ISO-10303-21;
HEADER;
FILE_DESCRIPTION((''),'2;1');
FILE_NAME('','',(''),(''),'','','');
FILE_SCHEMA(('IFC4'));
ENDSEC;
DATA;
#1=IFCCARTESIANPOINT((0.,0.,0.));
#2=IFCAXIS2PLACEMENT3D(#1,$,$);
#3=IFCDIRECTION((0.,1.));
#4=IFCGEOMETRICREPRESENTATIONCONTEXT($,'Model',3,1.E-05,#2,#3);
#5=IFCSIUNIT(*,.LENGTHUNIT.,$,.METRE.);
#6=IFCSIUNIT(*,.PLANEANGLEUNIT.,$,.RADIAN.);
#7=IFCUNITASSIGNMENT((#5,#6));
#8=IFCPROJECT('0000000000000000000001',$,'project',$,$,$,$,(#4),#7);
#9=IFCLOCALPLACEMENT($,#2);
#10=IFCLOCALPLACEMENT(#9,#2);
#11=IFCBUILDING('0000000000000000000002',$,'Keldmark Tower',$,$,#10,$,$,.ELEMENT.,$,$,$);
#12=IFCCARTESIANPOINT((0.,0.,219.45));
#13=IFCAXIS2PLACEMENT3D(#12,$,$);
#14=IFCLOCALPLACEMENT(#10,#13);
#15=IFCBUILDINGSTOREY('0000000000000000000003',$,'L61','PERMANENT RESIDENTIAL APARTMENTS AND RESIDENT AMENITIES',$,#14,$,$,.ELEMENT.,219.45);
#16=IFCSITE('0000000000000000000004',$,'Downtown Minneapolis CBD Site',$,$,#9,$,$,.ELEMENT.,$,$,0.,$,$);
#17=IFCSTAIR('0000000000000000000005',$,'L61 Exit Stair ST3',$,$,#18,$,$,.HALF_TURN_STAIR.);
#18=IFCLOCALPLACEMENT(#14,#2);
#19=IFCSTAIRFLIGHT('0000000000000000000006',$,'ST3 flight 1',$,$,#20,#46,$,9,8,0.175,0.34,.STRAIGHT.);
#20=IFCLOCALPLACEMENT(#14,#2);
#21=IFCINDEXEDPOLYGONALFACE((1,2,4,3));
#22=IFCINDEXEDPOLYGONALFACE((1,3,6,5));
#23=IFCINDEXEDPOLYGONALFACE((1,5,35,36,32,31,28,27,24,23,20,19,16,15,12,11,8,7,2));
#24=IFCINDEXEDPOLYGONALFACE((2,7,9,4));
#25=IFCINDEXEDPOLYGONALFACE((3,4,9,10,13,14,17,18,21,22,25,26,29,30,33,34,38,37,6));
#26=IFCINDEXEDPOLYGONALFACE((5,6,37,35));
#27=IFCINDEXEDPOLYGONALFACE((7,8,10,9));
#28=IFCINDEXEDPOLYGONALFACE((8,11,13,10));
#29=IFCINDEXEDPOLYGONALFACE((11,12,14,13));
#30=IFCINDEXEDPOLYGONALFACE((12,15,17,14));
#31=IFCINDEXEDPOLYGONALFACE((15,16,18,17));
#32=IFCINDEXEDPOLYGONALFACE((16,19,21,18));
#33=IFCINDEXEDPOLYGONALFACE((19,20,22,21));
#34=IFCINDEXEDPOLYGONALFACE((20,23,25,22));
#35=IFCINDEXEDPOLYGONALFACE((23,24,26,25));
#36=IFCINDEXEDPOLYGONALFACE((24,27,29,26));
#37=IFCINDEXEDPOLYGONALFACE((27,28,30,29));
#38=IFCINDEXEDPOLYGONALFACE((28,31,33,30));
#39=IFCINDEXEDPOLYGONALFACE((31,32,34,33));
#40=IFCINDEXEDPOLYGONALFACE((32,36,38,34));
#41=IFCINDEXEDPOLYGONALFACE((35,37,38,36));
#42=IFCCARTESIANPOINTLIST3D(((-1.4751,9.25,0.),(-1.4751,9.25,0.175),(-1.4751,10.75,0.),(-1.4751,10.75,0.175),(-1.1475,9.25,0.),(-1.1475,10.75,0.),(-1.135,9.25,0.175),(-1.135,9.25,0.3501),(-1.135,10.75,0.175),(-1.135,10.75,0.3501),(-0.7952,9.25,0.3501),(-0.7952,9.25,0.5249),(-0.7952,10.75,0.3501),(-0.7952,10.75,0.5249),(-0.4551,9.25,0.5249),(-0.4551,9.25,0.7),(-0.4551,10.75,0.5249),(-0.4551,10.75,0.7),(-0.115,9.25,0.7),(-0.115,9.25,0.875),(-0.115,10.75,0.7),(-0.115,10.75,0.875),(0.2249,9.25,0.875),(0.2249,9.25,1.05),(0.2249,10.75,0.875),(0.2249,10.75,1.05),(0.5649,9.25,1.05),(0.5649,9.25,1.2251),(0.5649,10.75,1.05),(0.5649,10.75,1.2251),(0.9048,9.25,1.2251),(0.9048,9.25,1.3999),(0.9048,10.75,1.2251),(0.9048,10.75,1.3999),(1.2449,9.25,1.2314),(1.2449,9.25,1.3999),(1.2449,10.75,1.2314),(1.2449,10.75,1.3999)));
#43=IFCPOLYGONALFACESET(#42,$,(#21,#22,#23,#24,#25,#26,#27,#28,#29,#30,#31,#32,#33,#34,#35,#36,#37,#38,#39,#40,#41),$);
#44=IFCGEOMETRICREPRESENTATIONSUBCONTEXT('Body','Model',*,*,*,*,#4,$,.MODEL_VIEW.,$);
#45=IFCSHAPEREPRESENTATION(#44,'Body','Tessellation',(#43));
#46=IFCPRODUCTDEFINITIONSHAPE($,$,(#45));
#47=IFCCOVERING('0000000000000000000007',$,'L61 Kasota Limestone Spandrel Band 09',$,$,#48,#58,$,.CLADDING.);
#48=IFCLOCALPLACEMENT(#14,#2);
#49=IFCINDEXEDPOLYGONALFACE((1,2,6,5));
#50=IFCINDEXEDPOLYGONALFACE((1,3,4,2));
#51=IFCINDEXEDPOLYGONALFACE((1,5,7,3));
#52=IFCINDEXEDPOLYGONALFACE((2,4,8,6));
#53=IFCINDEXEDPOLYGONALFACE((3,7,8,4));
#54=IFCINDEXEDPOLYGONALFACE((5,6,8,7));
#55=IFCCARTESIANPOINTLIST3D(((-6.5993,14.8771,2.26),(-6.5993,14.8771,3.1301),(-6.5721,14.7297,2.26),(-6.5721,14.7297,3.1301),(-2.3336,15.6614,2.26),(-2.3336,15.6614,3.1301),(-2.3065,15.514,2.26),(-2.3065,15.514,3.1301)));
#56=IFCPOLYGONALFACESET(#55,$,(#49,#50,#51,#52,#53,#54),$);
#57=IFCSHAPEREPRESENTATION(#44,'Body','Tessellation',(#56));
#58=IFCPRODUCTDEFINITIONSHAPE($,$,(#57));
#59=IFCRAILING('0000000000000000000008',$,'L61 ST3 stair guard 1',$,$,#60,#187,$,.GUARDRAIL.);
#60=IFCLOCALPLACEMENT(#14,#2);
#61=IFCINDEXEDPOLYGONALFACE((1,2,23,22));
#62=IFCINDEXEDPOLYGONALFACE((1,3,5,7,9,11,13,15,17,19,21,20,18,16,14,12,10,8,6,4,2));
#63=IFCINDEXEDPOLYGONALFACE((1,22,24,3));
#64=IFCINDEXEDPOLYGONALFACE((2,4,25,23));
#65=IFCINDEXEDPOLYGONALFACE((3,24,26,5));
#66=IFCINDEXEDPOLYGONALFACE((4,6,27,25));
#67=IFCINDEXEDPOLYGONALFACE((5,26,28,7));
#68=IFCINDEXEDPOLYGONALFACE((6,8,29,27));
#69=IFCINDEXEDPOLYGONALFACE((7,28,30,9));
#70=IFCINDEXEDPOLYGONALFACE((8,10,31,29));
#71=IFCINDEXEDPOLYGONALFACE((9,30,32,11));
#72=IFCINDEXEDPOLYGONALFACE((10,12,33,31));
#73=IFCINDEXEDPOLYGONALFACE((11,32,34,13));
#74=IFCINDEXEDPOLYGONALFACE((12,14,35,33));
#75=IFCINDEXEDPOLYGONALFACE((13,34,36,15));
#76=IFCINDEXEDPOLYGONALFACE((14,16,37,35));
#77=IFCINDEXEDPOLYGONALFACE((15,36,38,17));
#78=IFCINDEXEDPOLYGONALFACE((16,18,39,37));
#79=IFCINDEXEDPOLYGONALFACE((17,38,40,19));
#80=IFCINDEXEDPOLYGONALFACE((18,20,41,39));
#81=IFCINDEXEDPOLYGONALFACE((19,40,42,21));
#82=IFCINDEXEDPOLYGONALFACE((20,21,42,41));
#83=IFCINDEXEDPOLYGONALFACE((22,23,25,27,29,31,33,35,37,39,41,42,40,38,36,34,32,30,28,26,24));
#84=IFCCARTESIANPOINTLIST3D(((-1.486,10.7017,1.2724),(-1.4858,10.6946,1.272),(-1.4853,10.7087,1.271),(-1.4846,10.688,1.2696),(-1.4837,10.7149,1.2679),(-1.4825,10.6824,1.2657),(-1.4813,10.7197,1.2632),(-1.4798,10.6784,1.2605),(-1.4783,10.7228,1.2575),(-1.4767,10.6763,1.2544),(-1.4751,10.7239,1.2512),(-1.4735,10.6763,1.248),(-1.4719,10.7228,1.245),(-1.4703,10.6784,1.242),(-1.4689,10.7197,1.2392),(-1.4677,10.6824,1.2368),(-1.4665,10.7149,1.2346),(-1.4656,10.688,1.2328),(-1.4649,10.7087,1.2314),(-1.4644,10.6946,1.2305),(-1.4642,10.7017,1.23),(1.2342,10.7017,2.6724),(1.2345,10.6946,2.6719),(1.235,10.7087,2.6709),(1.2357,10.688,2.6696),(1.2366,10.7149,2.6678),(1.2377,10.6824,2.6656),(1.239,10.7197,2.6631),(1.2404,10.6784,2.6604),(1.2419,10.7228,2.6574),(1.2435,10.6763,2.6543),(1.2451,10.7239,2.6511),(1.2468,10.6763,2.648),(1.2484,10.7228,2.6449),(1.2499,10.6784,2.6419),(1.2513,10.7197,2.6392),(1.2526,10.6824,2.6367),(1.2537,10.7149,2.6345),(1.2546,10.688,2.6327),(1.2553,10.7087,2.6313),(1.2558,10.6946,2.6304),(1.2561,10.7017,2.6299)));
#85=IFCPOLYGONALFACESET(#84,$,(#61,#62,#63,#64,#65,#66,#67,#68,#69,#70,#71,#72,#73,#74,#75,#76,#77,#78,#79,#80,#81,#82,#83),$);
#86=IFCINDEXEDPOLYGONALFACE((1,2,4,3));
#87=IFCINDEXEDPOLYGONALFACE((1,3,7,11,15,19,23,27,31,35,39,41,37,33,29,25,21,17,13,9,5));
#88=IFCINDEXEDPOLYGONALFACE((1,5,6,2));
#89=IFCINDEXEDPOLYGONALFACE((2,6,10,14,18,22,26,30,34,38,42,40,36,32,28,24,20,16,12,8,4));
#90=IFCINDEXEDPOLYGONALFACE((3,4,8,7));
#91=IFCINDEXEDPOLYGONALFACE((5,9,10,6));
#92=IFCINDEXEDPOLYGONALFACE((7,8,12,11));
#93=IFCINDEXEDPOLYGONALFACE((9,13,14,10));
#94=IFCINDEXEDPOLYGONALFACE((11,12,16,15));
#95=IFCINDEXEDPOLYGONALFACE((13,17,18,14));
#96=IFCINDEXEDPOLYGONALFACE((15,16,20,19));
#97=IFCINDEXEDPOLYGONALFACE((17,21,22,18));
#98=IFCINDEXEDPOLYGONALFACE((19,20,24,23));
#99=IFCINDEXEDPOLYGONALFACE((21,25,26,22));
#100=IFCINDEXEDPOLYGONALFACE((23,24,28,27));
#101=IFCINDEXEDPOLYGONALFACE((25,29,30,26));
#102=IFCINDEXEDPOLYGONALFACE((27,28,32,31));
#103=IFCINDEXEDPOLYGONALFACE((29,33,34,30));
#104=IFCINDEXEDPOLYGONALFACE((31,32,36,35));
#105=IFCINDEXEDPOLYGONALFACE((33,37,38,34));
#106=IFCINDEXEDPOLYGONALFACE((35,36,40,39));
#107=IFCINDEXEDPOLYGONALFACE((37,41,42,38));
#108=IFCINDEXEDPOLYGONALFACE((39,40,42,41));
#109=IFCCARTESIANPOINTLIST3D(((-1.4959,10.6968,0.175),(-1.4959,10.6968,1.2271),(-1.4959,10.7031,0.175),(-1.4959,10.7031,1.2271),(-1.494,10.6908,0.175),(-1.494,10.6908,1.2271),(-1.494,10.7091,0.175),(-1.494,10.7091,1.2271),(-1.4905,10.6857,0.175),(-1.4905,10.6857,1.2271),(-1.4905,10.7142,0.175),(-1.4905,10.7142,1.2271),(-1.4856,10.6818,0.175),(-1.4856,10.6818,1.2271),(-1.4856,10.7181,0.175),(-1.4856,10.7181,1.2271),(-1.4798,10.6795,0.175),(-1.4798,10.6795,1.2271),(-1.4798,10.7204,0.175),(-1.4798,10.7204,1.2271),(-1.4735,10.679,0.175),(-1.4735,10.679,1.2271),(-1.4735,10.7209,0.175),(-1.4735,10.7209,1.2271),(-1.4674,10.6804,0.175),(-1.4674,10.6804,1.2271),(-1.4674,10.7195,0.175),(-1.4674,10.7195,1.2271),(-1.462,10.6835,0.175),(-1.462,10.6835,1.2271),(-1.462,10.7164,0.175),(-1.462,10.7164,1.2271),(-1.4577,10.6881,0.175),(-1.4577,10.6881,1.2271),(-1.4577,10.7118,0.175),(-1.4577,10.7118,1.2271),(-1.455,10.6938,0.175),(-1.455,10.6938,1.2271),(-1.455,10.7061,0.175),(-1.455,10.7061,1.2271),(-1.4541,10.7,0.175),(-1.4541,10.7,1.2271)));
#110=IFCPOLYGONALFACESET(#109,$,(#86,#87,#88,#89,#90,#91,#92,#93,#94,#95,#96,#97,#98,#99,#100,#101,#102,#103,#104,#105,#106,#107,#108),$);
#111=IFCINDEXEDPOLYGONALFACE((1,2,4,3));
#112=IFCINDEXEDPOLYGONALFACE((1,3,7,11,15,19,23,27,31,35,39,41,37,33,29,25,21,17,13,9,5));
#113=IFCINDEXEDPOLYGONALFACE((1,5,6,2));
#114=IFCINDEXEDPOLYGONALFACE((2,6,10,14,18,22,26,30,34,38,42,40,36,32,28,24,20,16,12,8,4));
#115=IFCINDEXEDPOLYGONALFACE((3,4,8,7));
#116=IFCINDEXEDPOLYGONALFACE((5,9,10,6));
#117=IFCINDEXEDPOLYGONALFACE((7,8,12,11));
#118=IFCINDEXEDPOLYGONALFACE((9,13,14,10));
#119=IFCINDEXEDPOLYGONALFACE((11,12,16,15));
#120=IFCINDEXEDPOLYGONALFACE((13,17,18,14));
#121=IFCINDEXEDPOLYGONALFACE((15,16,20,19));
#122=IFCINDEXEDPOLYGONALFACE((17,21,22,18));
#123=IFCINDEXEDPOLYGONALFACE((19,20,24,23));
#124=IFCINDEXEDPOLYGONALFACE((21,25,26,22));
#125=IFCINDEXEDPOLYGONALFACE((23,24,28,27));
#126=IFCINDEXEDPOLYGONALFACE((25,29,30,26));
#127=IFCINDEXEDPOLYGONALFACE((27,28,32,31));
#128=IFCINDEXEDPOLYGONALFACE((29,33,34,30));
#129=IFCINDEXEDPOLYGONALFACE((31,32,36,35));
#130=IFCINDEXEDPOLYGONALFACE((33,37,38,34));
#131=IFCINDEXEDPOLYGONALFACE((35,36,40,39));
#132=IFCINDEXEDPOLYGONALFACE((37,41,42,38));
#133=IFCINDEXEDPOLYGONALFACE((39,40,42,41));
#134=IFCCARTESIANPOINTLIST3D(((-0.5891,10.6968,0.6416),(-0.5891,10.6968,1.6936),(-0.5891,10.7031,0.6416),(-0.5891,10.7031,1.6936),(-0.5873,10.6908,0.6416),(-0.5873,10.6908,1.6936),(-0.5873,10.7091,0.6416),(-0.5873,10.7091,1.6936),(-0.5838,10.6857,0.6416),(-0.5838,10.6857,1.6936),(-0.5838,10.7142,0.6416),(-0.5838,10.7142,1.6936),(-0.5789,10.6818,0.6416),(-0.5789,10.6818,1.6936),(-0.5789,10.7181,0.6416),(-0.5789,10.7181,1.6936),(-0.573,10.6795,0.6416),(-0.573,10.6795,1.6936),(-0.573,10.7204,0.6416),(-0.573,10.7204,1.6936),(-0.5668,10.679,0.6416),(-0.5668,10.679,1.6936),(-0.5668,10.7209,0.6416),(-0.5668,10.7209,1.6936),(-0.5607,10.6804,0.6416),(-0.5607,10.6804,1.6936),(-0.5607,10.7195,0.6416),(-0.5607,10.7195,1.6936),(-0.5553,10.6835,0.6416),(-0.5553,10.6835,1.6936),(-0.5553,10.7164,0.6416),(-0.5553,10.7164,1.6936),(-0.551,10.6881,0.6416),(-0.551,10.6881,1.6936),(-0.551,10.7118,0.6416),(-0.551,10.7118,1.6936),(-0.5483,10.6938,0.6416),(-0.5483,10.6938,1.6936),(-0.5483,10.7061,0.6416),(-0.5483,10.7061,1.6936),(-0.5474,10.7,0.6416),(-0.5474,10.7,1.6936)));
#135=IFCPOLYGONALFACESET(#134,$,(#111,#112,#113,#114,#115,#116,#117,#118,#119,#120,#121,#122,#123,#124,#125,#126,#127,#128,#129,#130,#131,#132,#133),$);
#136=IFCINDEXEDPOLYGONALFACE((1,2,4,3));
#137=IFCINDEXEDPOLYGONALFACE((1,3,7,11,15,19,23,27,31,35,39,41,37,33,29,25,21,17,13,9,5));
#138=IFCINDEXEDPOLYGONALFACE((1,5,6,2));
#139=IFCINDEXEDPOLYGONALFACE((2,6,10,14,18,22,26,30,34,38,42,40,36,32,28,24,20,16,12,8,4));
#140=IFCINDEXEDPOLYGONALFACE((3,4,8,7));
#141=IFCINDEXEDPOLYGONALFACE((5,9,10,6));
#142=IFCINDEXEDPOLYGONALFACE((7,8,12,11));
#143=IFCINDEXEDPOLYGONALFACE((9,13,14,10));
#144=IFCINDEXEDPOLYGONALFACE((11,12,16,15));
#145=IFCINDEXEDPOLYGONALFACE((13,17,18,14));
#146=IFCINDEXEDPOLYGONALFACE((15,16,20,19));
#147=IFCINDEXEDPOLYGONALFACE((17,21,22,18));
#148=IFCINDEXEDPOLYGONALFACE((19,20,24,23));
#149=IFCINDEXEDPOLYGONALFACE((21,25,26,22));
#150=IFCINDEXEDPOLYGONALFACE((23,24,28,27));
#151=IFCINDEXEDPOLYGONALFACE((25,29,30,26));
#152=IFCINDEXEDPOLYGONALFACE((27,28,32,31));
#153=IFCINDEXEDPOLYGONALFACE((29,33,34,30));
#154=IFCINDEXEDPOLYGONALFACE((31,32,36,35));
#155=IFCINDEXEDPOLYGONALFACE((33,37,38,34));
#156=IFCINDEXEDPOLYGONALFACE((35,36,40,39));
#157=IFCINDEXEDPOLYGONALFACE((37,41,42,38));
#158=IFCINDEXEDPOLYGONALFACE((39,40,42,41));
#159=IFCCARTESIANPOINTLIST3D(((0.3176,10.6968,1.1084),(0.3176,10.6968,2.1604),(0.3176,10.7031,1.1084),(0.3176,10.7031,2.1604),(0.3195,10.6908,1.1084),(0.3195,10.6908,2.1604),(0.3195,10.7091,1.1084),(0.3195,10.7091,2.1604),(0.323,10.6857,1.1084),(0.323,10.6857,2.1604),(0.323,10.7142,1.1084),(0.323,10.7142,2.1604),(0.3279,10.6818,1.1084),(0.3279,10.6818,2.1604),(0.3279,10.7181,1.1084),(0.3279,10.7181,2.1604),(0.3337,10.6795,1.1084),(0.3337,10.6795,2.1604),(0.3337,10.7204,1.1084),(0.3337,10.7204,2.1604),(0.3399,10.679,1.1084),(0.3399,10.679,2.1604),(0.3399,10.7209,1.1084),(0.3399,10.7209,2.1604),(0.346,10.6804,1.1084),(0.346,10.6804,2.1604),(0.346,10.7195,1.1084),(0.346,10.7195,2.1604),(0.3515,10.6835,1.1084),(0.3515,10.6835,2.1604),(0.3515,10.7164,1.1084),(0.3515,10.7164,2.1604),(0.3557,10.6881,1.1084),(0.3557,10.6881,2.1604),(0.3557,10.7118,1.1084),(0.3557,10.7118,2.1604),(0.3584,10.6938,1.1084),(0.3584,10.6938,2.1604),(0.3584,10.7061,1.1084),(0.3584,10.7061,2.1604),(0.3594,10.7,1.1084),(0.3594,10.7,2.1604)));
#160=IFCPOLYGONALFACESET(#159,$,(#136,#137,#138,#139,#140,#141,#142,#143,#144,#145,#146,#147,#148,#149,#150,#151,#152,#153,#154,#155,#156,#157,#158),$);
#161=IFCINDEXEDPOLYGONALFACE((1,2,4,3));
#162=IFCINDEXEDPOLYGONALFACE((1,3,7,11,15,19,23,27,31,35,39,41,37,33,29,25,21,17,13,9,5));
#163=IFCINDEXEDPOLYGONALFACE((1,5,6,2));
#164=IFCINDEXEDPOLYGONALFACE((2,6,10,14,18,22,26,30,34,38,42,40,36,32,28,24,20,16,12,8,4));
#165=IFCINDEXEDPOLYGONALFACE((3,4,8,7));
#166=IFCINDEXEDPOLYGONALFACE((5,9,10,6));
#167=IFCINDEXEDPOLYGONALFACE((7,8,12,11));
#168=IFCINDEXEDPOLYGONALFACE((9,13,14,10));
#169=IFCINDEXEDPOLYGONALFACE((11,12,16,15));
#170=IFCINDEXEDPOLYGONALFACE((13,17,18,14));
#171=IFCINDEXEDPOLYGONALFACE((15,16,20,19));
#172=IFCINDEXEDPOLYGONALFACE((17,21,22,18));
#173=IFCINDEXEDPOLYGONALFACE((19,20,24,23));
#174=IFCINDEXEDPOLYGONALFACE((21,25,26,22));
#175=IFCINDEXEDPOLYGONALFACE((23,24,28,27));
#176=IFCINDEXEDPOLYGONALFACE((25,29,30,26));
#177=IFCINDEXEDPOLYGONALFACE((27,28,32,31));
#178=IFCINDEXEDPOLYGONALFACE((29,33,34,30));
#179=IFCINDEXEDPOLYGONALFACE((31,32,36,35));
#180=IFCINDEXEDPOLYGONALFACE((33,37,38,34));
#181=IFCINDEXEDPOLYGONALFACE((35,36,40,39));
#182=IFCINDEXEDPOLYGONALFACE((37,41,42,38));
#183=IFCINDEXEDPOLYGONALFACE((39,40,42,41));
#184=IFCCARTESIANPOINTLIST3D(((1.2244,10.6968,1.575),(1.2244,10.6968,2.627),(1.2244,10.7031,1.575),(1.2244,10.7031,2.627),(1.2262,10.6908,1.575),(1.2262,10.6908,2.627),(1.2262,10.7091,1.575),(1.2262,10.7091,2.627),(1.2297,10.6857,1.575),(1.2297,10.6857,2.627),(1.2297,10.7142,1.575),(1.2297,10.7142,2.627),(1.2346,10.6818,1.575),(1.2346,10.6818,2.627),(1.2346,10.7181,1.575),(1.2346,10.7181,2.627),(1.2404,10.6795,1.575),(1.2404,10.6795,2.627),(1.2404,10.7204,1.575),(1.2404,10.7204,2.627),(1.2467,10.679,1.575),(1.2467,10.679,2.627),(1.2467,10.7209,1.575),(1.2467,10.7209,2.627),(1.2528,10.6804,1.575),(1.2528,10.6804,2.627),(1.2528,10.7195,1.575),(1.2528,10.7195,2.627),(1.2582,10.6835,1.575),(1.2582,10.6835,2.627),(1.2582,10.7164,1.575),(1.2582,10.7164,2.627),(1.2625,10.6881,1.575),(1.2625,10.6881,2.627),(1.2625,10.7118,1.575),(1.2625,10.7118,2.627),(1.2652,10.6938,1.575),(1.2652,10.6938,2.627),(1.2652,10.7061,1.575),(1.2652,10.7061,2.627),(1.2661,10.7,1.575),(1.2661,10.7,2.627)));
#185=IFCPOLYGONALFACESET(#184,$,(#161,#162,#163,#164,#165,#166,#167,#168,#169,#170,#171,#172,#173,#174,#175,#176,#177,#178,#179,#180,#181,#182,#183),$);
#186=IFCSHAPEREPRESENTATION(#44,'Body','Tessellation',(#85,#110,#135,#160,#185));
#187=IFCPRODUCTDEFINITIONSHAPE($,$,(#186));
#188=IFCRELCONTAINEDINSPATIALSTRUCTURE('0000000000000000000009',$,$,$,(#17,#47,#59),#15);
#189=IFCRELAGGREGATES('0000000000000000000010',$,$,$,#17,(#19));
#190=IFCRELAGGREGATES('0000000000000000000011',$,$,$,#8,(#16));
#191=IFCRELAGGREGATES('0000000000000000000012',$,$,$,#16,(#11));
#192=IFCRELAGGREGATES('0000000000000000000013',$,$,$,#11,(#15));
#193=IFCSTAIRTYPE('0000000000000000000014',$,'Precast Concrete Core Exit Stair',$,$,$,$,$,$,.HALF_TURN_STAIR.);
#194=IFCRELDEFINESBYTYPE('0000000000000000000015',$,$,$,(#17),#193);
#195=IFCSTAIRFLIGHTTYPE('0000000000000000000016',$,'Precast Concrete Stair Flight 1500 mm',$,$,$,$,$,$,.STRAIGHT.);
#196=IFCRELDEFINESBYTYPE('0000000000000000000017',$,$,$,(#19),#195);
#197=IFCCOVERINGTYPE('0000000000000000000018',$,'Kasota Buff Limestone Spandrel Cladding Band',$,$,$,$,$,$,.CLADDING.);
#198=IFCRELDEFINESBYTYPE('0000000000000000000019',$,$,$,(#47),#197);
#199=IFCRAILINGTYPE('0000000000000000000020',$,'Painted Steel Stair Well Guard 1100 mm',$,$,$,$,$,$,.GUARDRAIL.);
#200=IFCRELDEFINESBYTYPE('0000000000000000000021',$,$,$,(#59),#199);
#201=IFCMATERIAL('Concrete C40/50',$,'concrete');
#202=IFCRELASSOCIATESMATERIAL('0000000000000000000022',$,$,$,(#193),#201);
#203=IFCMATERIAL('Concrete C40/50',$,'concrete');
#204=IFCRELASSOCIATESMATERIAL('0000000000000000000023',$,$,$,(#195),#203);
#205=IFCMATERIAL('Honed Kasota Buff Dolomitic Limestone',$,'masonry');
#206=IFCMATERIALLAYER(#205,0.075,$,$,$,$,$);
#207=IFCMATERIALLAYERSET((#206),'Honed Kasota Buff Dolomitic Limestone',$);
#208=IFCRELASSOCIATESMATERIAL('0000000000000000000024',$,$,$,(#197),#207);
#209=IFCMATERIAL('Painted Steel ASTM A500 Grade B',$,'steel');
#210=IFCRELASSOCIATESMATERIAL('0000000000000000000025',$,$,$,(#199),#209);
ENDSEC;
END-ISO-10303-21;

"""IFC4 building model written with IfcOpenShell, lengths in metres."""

from ifc_helpers import new_model, si_unit, direction, frame, origin, origin_2d, place, context, subcontext, project, spatial, polyline, rectangle, circle, outline, extrude, material, layer, layer_set, type_object, element, aggregate, save


model = new_model("IFC4")

# Units and contexts
model_context = context("Model", 3, precision=1e-05, world=origin(), true_north=direction((0.0, 1.0)))
body_context = subcontext(model_context, "Body", "Model", "MODEL_VIEW")
ifc_project = project(units=[si_unit("LENGTHUNIT", "METRE"), si_unit("PLANEANGLEUNIT", "RADIAN")], contexts=[model_context])

# Site, building, storey
site_placement = place(None, origin())
site = spatial("IfcSite", under=ifc_project, at=site_placement, Name="Downtown Minneapolis CBD Site", CompositionType="ELEMENT", RefElevation=0.0)
building_placement = place(site_placement, origin())
building = spatial("IfcBuilding", under=site, at=building_placement, Name="Keldmark Tower", CompositionType="ELEMENT")
storey_placement = place(building_placement, frame((0.0, 0.0, 219.45)))
storey = spatial("IfcBuildingStorey", under=building, at=storey_placement, Name="L61", Description="PERMANENT RESIDENTIAL APARTMENTS AND RESIDENT AMENITIES", CompositionType="ELEMENT", Elevation=219.45)

# Stair, stair flight
ifc_material_1 = material(Name="Concrete C40/50", Category="concrete")
stair_type = type_object("IfcStairType", Name="Precast Concrete Core Exit Stair", PredefinedType="HALF_TURN_STAIR", material=ifc_material_1)
stair_placement = place(storey_placement, origin())
stair = element("IfcStair", 1, at=stair_placement, inside=storey, type_object=stair_type, Name="L61 Exit Stair ST3", PredefinedType="HALF_TURN_STAIR")
ifc_material_2 = material(Name="Concrete C40/50", Category="concrete")
stair_flight_type = type_object("IfcStairFlightType", Name="Precast Concrete Stair Flight 1500 mm", PredefinedType="STRAIGHT", material=ifc_material_2)
stair_flight_placement = place(storey_placement, frame((-1.4751, 10.0, 0.0), z_axis=(0.0, 0.0, 1.0), x_axis=(1.0, 0.0, 0.0)))
stair_flight = element("IfcStairFlight", 2, at=stair_flight_placement, type_object=stair_flight_type, Name="ST3 flight 1", NumberOfRisers=9, NumberOfTreads=8, PredefinedType="STRAIGHT", RiserHeight=0.175, TreadLength=0.34, context=body_context, shape_type="SweptSolid", body=[
    extrude(outline(polyline([(0.0, 0.0), (0.0, 0.175), (0.3401, 0.175), (0.3401, 0.3501), (0.6799, 0.3501), (0.6799, 0.5249), (1.02, 0.5249), (1.02, 0.7), (1.3601, 0.7), (1.3601, 0.875), (1.7, 0.875), (1.7, 1.05), (2.04, 1.05), (2.04, 1.2251), (2.3799, 1.2251), (2.3799, 1.3999), (2.72, 1.3999), (2.72, 1.575), (2.72, 1.2314), (0.3276, 0.0), (0.0, 0.0)])), frame((0.0, 0.75, 0.0), z_axis=(0.0, -1.0, 0.0), x_axis=(1.0, 0.0, 0.0)), (0.0, 0.0, 1.0), 1.5),
])
aggregate(stair, [stair_flight])

# Covering
ifc_material_3 = material(Name="Honed Kasota Buff Dolomitic Limestone", Category="masonry")
ifc_layer_1 = layer(ifc_material_3, 0.075)
ifc_layer_set_1 = layer_set([ifc_layer_1], Name="Honed Kasota Buff Dolomitic Limestone")
covering_type = type_object("IfcCoveringType", Name="Kasota Buff Limestone Spandrel Cladding Band", PredefinedType="CLADDING", material=ifc_layer_set_1)
covering_placement = place(storey_placement, frame((-4.4529, 15.1956, 2.26), z_axis=(0.0, 0.0, 1.0), x_axis=(-0.983512, -0.180845, 0.0)))
element("IfcCovering", 3, at=covering_placement, inside=storey, type_object=covering_type, Name="L61 Kasota Limestone Spandrel Band 09", PredefinedType="CLADDING", context=body_context, shape_type="SweptSolid", body=[
    extrude(rectangle(XDim=4.3372, YDim=0.1499, at=origin_2d()), origin(), (0.0, 0.0, 1.0), 0.8701),
])

# Railing
ifc_material_4 = material(Name="Painted Steel ASTM A500 Grade B", Category="steel")
railing_type_1 = type_object("IfcRailingType", Name="Painted Steel Stair Well Guard 1100 mm", PredefinedType="GUARDRAIL", material=ifc_material_4)
railing_1_placement = place(storey_placement, frame((-1.4751, 10.7, 0.175)))
element("IfcRailing", 4, at=railing_1_placement, inside=storey, type_object=railing_type_1, Name="L61 ST3 stair guard 1", PredefinedType="GUARDRAIL", context=body_context, shape_type="SweptSolid", body=[
    extrude(circle(Radius=0.0239, at=origin_2d()), frame((0.0, 0.0, 1.0762), z_axis=(0.889164, 0.0, 0.45759), x_axis=(0.0, 1.0, 0.0)), (0.0, 0.0, 1.0), 3.0593),
    extrude(circle(Radius=0.021, at=origin_2d()), origin(), (0.0, 0.0, 1.0), 1.052),
    extrude(circle(Radius=0.021, at=origin_2d()), frame((0.9067, 0.0, 0.4666)), (0.0, 0.0, 1.0), 1.052),
    extrude(circle(Radius=0.021, at=origin_2d()), frame((1.8135, 0.0, 0.9333)), (0.0, 0.0, 1.0), 1.052),
    extrude(circle(Radius=0.021, at=origin_2d()), frame((2.7202, 0.0, 1.3999)), (0.0, 0.0, 1.0), 1.052),
])

save(model, "model.ifc")
